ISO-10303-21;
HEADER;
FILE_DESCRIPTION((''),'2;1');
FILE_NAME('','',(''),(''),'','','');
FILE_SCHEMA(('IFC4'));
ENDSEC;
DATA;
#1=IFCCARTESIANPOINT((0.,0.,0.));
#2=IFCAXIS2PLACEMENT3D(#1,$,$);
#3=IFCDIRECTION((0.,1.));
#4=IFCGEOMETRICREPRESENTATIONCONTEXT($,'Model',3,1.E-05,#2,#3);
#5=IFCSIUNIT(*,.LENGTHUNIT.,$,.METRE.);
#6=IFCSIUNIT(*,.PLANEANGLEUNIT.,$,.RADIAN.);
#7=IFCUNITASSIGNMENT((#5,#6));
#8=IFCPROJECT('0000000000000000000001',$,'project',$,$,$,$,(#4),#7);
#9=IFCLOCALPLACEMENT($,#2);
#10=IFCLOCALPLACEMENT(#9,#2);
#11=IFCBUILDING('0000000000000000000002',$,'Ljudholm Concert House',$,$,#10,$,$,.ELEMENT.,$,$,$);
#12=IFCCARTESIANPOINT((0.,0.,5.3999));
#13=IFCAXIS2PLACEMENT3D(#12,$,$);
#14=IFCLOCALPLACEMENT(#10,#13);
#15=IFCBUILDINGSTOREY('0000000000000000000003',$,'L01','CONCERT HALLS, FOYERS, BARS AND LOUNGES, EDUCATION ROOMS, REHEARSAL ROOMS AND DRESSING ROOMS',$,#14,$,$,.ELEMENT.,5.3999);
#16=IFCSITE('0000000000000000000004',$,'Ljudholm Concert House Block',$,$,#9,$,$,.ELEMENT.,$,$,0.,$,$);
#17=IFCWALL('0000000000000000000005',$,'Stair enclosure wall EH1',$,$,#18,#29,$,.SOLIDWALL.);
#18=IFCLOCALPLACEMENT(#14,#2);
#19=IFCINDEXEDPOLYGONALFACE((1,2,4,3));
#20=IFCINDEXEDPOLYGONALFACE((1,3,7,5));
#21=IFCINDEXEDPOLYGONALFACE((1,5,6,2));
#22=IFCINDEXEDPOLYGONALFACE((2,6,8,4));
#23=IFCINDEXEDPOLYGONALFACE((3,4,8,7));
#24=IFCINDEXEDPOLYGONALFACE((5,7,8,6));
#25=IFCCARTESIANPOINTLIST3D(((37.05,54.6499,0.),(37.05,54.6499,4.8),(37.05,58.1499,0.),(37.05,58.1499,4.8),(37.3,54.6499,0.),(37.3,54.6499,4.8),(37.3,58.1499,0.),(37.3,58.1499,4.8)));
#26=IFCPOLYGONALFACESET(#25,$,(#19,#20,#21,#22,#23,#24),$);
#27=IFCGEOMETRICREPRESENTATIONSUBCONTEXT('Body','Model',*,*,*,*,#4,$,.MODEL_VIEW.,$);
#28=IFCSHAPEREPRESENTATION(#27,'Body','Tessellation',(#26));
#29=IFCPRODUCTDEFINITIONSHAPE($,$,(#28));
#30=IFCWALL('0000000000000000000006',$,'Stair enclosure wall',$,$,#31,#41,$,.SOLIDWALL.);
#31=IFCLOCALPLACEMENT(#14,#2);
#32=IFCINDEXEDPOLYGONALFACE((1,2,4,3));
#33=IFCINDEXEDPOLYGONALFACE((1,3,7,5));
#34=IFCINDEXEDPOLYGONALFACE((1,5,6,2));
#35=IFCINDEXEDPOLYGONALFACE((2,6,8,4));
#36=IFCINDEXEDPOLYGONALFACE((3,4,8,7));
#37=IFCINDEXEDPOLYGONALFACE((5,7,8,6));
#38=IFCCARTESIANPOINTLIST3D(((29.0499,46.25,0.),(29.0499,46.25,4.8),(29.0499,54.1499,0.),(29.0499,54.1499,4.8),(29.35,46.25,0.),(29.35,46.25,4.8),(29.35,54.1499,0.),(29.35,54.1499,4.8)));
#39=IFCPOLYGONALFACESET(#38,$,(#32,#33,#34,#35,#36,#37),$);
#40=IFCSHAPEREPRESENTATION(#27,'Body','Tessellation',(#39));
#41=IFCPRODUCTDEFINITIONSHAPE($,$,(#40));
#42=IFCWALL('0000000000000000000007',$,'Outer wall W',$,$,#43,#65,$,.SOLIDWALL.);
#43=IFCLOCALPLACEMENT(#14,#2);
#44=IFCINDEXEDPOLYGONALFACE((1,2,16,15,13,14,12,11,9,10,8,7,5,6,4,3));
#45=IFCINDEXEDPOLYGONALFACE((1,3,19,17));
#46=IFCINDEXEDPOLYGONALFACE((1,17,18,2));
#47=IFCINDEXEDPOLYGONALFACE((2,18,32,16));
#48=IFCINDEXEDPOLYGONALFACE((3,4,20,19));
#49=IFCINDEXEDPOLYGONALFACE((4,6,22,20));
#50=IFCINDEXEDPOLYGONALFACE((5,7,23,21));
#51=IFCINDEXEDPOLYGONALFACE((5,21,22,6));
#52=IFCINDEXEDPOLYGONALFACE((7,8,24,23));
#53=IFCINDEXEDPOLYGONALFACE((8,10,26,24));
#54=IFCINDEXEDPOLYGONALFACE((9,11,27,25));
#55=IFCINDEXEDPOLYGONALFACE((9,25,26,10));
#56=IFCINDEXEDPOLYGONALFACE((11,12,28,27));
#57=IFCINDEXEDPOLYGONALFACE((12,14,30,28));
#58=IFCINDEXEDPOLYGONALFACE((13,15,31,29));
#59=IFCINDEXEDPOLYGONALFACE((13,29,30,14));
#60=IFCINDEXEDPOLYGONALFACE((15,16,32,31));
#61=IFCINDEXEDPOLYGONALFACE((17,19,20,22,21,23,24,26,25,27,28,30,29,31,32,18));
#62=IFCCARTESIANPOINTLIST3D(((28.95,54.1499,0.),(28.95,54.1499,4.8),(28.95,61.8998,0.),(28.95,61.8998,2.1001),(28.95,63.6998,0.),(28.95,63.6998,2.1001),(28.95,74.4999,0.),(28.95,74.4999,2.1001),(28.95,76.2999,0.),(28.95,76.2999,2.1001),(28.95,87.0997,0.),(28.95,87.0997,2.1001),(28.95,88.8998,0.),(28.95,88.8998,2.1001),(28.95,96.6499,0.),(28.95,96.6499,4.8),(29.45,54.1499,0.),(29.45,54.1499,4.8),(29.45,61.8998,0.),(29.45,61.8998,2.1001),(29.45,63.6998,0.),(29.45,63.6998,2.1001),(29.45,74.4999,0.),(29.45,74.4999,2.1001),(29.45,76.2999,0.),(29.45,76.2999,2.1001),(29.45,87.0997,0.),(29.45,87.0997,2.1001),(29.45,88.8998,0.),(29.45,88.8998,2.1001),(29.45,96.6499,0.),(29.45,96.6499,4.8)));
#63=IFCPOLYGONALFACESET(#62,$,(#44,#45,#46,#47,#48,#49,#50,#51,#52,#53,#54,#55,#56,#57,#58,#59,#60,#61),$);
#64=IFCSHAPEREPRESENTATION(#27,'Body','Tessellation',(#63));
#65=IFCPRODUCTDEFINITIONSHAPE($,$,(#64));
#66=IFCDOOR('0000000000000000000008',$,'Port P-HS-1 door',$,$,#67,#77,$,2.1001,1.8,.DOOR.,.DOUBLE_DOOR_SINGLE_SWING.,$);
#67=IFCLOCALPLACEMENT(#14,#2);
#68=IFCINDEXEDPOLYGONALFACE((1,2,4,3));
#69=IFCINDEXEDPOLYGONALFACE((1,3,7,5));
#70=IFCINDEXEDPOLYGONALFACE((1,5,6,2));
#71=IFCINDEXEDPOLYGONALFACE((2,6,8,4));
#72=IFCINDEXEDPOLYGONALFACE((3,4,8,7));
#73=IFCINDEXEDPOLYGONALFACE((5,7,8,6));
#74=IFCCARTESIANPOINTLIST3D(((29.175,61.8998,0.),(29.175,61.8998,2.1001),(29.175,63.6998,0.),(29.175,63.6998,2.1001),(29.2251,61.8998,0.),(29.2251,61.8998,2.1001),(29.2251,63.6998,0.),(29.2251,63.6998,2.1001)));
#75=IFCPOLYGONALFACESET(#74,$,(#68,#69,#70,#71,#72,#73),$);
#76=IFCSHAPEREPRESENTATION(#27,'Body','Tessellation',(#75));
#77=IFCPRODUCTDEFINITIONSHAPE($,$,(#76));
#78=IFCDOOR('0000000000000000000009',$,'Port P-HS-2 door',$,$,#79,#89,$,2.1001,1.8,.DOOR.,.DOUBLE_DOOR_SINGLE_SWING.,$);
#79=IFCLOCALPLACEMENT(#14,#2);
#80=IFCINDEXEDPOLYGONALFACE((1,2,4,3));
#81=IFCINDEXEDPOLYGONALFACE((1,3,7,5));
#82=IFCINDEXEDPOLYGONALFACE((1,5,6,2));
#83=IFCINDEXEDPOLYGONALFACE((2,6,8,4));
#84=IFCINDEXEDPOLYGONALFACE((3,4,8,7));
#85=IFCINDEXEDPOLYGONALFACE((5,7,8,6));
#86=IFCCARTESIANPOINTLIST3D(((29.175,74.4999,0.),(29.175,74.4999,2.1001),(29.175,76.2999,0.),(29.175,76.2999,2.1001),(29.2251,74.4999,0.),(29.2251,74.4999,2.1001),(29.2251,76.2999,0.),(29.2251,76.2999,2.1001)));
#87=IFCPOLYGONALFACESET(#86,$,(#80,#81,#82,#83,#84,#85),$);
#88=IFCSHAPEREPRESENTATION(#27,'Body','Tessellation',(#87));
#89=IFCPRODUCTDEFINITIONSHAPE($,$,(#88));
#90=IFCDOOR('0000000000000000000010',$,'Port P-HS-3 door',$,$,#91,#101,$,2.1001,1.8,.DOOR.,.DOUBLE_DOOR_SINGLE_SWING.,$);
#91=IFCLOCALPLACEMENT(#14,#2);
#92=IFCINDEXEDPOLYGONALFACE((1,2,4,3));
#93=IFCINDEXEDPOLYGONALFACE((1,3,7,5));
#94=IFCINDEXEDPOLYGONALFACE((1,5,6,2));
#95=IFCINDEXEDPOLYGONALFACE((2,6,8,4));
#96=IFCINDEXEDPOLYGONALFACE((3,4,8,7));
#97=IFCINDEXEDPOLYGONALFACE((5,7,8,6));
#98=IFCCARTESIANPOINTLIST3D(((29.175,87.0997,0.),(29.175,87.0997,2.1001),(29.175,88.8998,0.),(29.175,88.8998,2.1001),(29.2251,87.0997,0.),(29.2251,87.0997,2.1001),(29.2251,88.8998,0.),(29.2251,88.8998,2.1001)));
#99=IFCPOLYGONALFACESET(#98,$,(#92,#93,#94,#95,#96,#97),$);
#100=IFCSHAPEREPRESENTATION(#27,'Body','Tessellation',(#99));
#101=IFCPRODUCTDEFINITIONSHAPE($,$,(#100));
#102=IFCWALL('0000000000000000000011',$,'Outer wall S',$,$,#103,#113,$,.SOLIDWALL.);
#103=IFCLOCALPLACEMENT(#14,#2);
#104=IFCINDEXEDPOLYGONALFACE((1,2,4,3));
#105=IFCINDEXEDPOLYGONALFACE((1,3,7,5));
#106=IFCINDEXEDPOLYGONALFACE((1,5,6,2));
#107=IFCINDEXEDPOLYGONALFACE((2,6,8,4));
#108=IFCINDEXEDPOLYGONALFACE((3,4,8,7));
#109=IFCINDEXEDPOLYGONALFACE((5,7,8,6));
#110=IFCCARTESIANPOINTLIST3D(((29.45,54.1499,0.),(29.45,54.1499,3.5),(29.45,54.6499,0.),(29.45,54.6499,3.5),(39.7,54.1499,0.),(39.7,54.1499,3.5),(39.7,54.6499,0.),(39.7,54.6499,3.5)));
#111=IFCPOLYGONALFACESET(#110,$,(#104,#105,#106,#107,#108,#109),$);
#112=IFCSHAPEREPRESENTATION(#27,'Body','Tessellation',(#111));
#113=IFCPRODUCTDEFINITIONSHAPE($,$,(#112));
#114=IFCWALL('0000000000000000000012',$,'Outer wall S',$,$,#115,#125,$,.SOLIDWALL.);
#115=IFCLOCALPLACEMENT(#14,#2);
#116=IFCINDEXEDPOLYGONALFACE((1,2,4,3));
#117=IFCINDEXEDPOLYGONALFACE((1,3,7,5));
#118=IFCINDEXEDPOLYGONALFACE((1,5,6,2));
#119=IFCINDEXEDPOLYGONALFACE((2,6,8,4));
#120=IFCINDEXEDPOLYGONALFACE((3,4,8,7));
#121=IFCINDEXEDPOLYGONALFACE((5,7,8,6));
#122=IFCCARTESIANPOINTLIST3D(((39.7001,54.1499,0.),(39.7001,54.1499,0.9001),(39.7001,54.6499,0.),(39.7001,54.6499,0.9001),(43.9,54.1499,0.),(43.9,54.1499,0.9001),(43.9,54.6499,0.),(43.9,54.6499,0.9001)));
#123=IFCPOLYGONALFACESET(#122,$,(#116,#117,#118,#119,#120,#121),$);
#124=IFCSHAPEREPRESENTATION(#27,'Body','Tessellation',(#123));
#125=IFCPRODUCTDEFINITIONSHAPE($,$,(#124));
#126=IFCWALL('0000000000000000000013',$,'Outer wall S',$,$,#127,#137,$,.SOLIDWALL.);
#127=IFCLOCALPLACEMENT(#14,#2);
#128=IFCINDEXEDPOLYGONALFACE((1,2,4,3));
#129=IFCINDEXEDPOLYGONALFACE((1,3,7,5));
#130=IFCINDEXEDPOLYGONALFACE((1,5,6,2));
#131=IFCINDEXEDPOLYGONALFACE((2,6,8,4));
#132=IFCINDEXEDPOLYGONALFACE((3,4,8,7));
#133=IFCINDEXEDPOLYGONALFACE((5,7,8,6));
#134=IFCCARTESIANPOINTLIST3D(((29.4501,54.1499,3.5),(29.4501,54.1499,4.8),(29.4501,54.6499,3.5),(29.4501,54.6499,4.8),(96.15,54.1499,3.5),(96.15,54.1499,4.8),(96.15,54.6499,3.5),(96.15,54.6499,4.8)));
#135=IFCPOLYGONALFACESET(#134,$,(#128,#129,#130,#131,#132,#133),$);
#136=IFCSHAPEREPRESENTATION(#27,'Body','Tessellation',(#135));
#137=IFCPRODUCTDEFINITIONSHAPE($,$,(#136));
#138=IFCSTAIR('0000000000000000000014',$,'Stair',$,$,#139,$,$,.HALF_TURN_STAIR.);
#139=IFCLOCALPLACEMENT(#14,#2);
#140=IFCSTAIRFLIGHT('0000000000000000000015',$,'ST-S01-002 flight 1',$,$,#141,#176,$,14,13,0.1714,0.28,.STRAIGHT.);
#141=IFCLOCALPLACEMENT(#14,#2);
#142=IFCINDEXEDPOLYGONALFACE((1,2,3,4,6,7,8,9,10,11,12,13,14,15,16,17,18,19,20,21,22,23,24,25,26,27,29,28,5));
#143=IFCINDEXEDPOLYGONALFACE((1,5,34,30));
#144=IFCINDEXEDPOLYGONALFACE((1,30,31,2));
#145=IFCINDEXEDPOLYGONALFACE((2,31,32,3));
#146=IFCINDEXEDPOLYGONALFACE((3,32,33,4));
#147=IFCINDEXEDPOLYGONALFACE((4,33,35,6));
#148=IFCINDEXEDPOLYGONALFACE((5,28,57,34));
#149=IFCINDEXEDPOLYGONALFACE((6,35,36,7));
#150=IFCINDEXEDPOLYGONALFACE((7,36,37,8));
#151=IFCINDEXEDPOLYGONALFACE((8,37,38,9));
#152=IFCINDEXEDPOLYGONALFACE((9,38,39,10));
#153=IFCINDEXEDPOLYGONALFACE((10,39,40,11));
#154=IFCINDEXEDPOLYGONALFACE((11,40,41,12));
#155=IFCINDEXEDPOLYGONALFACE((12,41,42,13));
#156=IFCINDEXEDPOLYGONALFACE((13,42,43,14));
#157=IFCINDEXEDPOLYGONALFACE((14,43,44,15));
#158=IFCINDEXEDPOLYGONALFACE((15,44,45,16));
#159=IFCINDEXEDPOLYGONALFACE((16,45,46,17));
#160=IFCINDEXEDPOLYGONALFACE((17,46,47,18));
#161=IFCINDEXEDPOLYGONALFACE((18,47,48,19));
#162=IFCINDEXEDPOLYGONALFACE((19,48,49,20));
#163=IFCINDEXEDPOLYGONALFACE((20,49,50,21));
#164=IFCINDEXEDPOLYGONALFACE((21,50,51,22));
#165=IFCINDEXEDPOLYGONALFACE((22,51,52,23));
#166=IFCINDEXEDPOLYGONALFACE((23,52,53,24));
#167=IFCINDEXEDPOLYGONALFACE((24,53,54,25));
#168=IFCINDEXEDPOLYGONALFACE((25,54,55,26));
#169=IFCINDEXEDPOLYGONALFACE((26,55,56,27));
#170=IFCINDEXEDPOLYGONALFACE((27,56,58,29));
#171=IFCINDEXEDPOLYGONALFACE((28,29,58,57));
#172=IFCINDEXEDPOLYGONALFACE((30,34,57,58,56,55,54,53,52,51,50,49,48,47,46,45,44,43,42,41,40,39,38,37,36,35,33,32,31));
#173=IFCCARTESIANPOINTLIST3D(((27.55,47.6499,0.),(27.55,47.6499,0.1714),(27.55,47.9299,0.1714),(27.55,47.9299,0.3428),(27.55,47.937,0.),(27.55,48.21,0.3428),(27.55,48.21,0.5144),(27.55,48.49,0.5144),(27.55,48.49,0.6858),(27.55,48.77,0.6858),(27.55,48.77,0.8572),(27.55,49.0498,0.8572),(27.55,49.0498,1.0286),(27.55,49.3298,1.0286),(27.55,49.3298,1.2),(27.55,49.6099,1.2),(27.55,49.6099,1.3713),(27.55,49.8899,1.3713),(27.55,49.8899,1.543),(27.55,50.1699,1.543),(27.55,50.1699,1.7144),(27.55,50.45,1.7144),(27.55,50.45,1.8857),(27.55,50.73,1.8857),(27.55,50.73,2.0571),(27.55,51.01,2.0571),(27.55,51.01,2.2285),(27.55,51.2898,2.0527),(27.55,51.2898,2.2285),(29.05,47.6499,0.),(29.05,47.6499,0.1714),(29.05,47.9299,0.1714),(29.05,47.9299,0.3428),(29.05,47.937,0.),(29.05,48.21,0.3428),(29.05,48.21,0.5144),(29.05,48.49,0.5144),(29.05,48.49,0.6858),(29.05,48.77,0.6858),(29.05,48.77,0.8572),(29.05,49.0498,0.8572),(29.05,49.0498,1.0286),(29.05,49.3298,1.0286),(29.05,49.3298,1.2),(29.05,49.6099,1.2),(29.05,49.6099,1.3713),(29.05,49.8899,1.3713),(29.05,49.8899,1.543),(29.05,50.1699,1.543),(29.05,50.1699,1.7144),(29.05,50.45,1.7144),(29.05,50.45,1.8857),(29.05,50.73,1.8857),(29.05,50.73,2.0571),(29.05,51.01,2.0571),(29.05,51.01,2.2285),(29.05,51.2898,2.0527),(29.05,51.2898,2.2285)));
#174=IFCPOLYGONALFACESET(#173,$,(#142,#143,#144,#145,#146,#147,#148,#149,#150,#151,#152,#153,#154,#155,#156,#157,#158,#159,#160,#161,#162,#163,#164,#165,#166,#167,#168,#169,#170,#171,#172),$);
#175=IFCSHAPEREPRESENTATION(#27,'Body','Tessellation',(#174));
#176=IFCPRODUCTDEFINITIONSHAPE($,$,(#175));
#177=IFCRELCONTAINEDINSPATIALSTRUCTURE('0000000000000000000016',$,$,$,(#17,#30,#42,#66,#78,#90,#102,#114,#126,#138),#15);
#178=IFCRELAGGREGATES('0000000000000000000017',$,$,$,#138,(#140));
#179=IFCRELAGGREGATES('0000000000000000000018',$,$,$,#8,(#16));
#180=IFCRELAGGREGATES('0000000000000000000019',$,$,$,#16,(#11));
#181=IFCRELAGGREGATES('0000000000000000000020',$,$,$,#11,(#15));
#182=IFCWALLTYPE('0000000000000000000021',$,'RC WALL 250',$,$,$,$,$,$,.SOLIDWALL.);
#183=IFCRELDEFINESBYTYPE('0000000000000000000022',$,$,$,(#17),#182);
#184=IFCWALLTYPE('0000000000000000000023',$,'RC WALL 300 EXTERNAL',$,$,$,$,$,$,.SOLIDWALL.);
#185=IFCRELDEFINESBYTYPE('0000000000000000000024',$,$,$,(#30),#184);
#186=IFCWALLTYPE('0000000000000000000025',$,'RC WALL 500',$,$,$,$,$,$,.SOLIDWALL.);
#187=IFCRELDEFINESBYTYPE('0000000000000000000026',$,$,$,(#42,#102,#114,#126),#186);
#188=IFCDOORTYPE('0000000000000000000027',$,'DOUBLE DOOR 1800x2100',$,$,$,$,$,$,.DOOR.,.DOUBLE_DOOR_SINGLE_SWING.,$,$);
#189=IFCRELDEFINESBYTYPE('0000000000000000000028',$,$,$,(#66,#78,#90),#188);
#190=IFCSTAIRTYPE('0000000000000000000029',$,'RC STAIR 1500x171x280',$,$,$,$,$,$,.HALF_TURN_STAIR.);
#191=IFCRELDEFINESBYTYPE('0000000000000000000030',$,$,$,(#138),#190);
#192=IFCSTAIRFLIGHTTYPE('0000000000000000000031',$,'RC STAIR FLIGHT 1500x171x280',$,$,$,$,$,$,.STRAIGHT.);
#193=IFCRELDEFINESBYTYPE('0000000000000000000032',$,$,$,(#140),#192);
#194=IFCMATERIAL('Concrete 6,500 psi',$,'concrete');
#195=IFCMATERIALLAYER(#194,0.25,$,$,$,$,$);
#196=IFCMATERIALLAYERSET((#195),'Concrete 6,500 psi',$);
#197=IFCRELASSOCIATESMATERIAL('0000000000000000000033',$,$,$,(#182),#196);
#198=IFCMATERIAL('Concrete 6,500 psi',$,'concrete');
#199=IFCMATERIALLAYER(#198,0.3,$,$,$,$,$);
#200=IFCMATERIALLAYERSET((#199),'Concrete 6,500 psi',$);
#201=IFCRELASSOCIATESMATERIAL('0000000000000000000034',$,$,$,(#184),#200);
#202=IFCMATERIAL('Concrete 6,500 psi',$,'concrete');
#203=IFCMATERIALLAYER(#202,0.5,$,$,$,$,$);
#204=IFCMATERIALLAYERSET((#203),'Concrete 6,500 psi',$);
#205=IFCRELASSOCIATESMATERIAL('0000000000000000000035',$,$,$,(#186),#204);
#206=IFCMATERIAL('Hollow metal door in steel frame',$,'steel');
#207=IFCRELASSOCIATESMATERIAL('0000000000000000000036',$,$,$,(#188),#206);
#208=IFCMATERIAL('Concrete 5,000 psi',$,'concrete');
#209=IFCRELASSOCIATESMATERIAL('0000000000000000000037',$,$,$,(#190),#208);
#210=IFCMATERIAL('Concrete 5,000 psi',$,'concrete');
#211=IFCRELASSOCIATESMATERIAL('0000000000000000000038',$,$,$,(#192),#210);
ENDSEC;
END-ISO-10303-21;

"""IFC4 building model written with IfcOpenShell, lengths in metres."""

from ifc_helpers import new_model, si_unit, direction, frame, frame_2d, origin, place, context, subcontext, project, spatial, polyline, rectangle, outline, extrude, material, layer, layer_set, type_object, element, fill, aggregate, save


model = new_model("IFC4")

# Units and contexts
model_context = context("Model", 3, precision=1e-05, world=origin(), true_north=direction((0.0, 1.0)))
body_context = subcontext(model_context, "Body", "Model", "MODEL_VIEW")
ifc_project = project(units=[si_unit("LENGTHUNIT", "METRE"), si_unit("PLANEANGLEUNIT", "RADIAN")], contexts=[model_context])

# Site, building, storey
site_placement = place(None, origin())
site = spatial("IfcSite", under=ifc_project, at=site_placement, Name="Ljudholm Concert House Block", CompositionType="ELEMENT", RefElevation=0.0)
building_placement = place(site_placement, origin())
building = spatial("IfcBuilding", under=site, at=building_placement, Name="Ljudholm Concert House", CompositionType="ELEMENT")
storey_placement = place(building_placement, frame((0.0, 0.0, 5.3999)))
storey = spatial("IfcBuildingStorey", under=building, at=storey_placement, Name="L01", Description="CONCERT HALLS, FOYERS, BARS AND LOUNGES, EDUCATION ROOMS, REHEARSAL ROOMS AND DRESSING ROOMS", CompositionType="ELEMENT", Elevation=5.3999)

# Walls
ifc_material_1 = material(Name="Concrete 6,500 psi", Category="concrete")
ifc_layer_1 = layer(ifc_material_1, 0.25)
ifc_layer_set_1 = layer_set([ifc_layer_1], Name="Concrete 6,500 psi")
wall_type_1 = type_object("IfcWallType", Name="RC WALL 250", PredefinedType="SOLIDWALL", material=ifc_layer_set_1)
wall_1_placement = place(storey_placement, frame((37.175, 54.6499, 0.0), z_axis=(0.0, 0.0, 1.0), x_axis=(0.0, 1.0, 0.0)))
element("IfcWall", 1, at=wall_1_placement, inside=storey, type_object=wall_type_1, Name="Stair enclosure wall EH1", PredefinedType="SOLIDWALL", context=body_context, shape_type="SweptSolid", body=[
    extrude(rectangle(XDim=3.5, YDim=0.25, at=frame_2d((1.75, 0.0))), origin(), (0.0, 0.0, 1.0), 4.8),
])
ifc_material_2 = material(Name="Concrete 6,500 psi", Category="concrete")
ifc_layer_2 = layer(ifc_material_2, 0.3)
ifc_layer_set_2 = layer_set([ifc_layer_2], Name="Concrete 6,500 psi")
wall_type_2 = type_object("IfcWallType", Name="RC WALL 300 EXTERNAL", PredefinedType="SOLIDWALL", material=ifc_layer_set_2)
wall_2_placement = place(storey_placement, frame((29.2, 46.25, 0.0), z_axis=(0.0, 0.0, 1.0), x_axis=(0.0, 1.0, 0.0)))
element("IfcWall", 2, at=wall_2_placement, inside=storey, type_object=wall_type_2, Name="Stair enclosure wall", PredefinedType="SOLIDWALL", context=body_context, shape_type="SweptSolid", body=[
    extrude(rectangle(XDim=7.8999, YDim=0.3, at=frame_2d((3.95, 0.0))), origin(), (0.0, 0.0, 1.0), 4.8),
])

# Wall, openings, doors
ifc_material_3 = material(Name="Concrete 6,500 psi", Category="concrete")
ifc_layer_3 = layer(ifc_material_3, 0.5)
ifc_layer_set_3 = layer_set([ifc_layer_3], Name="Concrete 6,500 psi")
wall_type_3 = type_object("IfcWallType", Name="RC WALL 500", PredefinedType="SOLIDWALL", material=ifc_layer_set_3)
wall_3_placement = place(storey_placement, frame((29.2, 54.1499, 0.0), z_axis=(0.0, 0.0, 1.0), x_axis=(0.0, 1.0, 0.0)))
wall_3 = element("IfcWall", 3, at=wall_3_placement, inside=storey, type_object=wall_type_3, Name="Outer wall W", PredefinedType="SOLIDWALL", context=body_context, shape_type="SweptSolid", body=[
    extrude(rectangle(XDim=42.5, YDim=0.5, at=frame_2d((21.25, 0.0))), origin(), (0.0, 0.0, 1.0), 4.8),
])
opening_1_placement = place(wall_3_placement, frame((7.75, 0.0, 0.0)))
opening_1 = element("IfcOpeningElement", 4, at=opening_1_placement, cuts=wall_3, PredefinedType="OPENING", context=body_context, shape_type="SweptSolid", body=[
    extrude(rectangle(XDim=1.8, YDim=2.1001, at=frame_2d((0.8999, 1.05))), frame((0.0, 0.26, 0.0), z_axis=(0.0, -1.0, 0.0), x_axis=(1.0, 0.0, 0.0)), (0.0, 0.0, 1.0), 0.52),
])
opening_2_placement = place(wall_3_placement, frame((20.3501, 0.0, 0.0)))
opening_2 = element("IfcOpeningElement", 5, at=opening_2_placement, cuts=wall_3, PredefinedType="OPENING", context=body_context, shape_type="SweptSolid", body=[
    extrude(rectangle(XDim=1.8, YDim=2.1001, at=frame_2d((0.8999, 1.05))), frame((0.0, 0.26, 0.0), z_axis=(0.0, -1.0, 0.0), x_axis=(1.0, 0.0, 0.0)), (0.0, 0.0, 1.0), 0.52),
])
opening_3_placement = place(wall_3_placement, frame((32.95, 0.0, 0.0)))
opening_3 = element("IfcOpeningElement", 6, at=opening_3_placement, cuts=wall_3, PredefinedType="OPENING", context=body_context, shape_type="SweptSolid", body=[
    extrude(rectangle(XDim=1.8, YDim=2.1001, at=frame_2d((0.8999, 1.05))), frame((0.0, 0.26, 0.0), z_axis=(0.0, -1.0, 0.0), x_axis=(1.0, 0.0, 0.0)), (0.0, 0.0, 1.0), 0.52),
])
ifc_material_4 = material(Name="Hollow metal door in steel frame", Category="steel")
door_type = type_object("IfcDoorType", Name="DOUBLE DOOR 1800x2100", OperationType="DOUBLE_DOOR_SINGLE_SWING", PredefinedType="DOOR", material=ifc_material_4)
door_1_placement = place(opening_1_placement, origin())
door_1 = element("IfcDoor", 7, at=door_1_placement, inside=storey, type_object=door_type, Name="Port P-HS-1 door", OperationType="DOUBLE_DOOR_SINGLE_SWING", OverallHeight=2.1001, OverallWidth=1.8, PredefinedType="DOOR", context=body_context, shape_type="SweptSolid", body=[
    extrude(rectangle(XDim=1.8, YDim=2.1001, at=frame_2d((0.8999, 1.05))), frame((0.0, 0.0249, 0.0), z_axis=(0.0, -1.0, 0.0), x_axis=(1.0, 0.0, 0.0)), (0.0, 0.0, 1.0), 0.05),
])
fill(opening_1, door_1)
door_2_placement = place(opening_2_placement, origin())
door_2 = element("IfcDoor", 8, at=door_2_placement, inside=storey, type_object=door_type, Name="Port P-HS-2 door", OperationType="DOUBLE_DOOR_SINGLE_SWING", OverallHeight=2.1001, OverallWidth=1.8, PredefinedType="DOOR", context=body_context, shape_type="SweptSolid", body=[
    extrude(rectangle(XDim=1.8, YDim=2.1001, at=frame_2d((0.8999, 1.05))), frame((0.0, 0.0249, 0.0), z_axis=(0.0, -1.0, 0.0), x_axis=(1.0, 0.0, 0.0)), (0.0, 0.0, 1.0), 0.05),
])
fill(opening_2, door_2)
door_3_placement = place(opening_3_placement, origin())
door_3 = element("IfcDoor", 9, at=door_3_placement, inside=storey, type_object=door_type, Name="Port P-HS-3 door", OperationType="DOUBLE_DOOR_SINGLE_SWING", OverallHeight=2.1001, OverallWidth=1.8, PredefinedType="DOOR", context=body_context, shape_type="SweptSolid", body=[
    extrude(rectangle(XDim=1.8, YDim=2.1001, at=frame_2d((0.8999, 1.05))), frame((0.0, 0.0249, 0.0), z_axis=(0.0, -1.0, 0.0), x_axis=(1.0, 0.0, 0.0)), (0.0, 0.0, 1.0), 0.05),
])
fill(opening_3, door_3)

# Walls
wall_4_placement = place(storey_placement, frame((29.45, 54.3999, 0.0), z_axis=(0.0, 0.0, 1.0), x_axis=(1.0, 0.0, 0.0)))
element("IfcWall", 10, at=wall_4_placement, inside=storey, type_object=wall_type_3, Name="Outer wall S", PredefinedType="SOLIDWALL", context=body_context, shape_type="SweptSolid", body=[
    extrude(rectangle(XDim=10.25, YDim=0.5, at=frame_2d((5.125, 0.0))), origin(), (0.0, 0.0, 1.0), 3.5),
])
wall_5_placement = place(storey_placement, frame((39.7, 54.3999, 0.0), z_axis=(0.0, 0.0, 1.0), x_axis=(1.0, 0.0, 0.0)))
element("IfcWall", 11, at=wall_5_placement, inside=storey, type_object=wall_type_3, Name="Outer wall S", PredefinedType="SOLIDWALL", context=body_context, shape_type="SweptSolid", body=[
    extrude(rectangle(XDim=4.2, YDim=0.5, at=frame_2d((2.1001, 0.0))), origin(), (0.0, 0.0, 1.0), 0.9001),
])
wall_6_placement = place(storey_placement, frame((29.45, 54.3999, 3.5), z_axis=(0.0, 0.0, 1.0), x_axis=(1.0, 0.0, 0.0)))
element("IfcWall", 12, at=wall_6_placement, inside=storey, type_object=wall_type_3, Name="Outer wall S", PredefinedType="SOLIDWALL", context=body_context, shape_type="SweptSolid", body=[
    extrude(rectangle(XDim=66.7, YDim=0.5, at=frame_2d((33.3501, 0.0))), origin(), (0.0, 0.0, 1.0), 1.3),
])

# Stair, stair flight
ifc_material_5 = material(Name="Concrete 5,000 psi", Category="concrete")
stair_type = type_object("IfcStairType", Name="RC STAIR 1500x171x280", PredefinedType="HALF_TURN_STAIR", material=ifc_material_5)
stair_placement = place(storey_placement, origin())
stair = element("IfcStair", 13, at=stair_placement, inside=storey, type_object=stair_type, Name="Stair", PredefinedType="HALF_TURN_STAIR")
ifc_material_6 = material(Name="Concrete 5,000 psi", Category="concrete")
stair_flight_type = type_object("IfcStairFlightType", Name="RC STAIR FLIGHT 1500x171x280", PredefinedType="STRAIGHT", material=ifc_material_6)
stair_flight_1_placement = place(storey_placement, frame((28.3, 47.6499, 0.0), z_axis=(0.0, 0.0, 1.0), x_axis=(0.0, 1.0, 0.0)))
stair_flight_1 = element("IfcStairFlight", 14, at=stair_flight_1_placement, type_object=stair_flight_type, Name="ST-S01-002 flight 1", NumberOfRisers=14, NumberOfTreads=13, PredefinedType="STRAIGHT", RiserHeight=0.1714, TreadLength=0.28, context=body_context, shape_type="SweptSolid", body=[
    extrude(outline(polyline([(0.0, 0.0), (0.0, 0.1714), (0.28, 0.1714), (0.28, 0.3428), (0.5601, 0.3428), (0.5601, 0.5144), (0.8401, 0.5144), (0.8401, 0.6858), (1.1201, 0.6858), (1.1201, 0.8572), (1.3999, 0.8572), (1.3999, 1.0286), (1.6799, 1.0286), (1.6799, 1.2), (1.96, 1.2), (1.96, 1.3713), (2.24, 1.3713), (2.24, 1.543), (2.52, 1.543), (2.52, 1.7144), (2.8, 1.7144), (2.8, 1.8857), (3.0801, 1.8857), (3.0801, 2.0571), (3.3601, 2.0571), (3.3601, 2.2285), (3.6399, 2.2285), (3.6399, 2.3999), (3.6399, 2.0527), (0.2871, 0.0), (0.0, 0.0)])), frame((0.0, 0.75, 0.0), z_axis=(0.0, -1.0, 0.0), x_axis=(1.0, 0.0, 0.0)), (0.0, 0.0, 1.0), 1.5),
])
aggregate(stair, [stair_flight_1])

save(model, "model.ifc")
